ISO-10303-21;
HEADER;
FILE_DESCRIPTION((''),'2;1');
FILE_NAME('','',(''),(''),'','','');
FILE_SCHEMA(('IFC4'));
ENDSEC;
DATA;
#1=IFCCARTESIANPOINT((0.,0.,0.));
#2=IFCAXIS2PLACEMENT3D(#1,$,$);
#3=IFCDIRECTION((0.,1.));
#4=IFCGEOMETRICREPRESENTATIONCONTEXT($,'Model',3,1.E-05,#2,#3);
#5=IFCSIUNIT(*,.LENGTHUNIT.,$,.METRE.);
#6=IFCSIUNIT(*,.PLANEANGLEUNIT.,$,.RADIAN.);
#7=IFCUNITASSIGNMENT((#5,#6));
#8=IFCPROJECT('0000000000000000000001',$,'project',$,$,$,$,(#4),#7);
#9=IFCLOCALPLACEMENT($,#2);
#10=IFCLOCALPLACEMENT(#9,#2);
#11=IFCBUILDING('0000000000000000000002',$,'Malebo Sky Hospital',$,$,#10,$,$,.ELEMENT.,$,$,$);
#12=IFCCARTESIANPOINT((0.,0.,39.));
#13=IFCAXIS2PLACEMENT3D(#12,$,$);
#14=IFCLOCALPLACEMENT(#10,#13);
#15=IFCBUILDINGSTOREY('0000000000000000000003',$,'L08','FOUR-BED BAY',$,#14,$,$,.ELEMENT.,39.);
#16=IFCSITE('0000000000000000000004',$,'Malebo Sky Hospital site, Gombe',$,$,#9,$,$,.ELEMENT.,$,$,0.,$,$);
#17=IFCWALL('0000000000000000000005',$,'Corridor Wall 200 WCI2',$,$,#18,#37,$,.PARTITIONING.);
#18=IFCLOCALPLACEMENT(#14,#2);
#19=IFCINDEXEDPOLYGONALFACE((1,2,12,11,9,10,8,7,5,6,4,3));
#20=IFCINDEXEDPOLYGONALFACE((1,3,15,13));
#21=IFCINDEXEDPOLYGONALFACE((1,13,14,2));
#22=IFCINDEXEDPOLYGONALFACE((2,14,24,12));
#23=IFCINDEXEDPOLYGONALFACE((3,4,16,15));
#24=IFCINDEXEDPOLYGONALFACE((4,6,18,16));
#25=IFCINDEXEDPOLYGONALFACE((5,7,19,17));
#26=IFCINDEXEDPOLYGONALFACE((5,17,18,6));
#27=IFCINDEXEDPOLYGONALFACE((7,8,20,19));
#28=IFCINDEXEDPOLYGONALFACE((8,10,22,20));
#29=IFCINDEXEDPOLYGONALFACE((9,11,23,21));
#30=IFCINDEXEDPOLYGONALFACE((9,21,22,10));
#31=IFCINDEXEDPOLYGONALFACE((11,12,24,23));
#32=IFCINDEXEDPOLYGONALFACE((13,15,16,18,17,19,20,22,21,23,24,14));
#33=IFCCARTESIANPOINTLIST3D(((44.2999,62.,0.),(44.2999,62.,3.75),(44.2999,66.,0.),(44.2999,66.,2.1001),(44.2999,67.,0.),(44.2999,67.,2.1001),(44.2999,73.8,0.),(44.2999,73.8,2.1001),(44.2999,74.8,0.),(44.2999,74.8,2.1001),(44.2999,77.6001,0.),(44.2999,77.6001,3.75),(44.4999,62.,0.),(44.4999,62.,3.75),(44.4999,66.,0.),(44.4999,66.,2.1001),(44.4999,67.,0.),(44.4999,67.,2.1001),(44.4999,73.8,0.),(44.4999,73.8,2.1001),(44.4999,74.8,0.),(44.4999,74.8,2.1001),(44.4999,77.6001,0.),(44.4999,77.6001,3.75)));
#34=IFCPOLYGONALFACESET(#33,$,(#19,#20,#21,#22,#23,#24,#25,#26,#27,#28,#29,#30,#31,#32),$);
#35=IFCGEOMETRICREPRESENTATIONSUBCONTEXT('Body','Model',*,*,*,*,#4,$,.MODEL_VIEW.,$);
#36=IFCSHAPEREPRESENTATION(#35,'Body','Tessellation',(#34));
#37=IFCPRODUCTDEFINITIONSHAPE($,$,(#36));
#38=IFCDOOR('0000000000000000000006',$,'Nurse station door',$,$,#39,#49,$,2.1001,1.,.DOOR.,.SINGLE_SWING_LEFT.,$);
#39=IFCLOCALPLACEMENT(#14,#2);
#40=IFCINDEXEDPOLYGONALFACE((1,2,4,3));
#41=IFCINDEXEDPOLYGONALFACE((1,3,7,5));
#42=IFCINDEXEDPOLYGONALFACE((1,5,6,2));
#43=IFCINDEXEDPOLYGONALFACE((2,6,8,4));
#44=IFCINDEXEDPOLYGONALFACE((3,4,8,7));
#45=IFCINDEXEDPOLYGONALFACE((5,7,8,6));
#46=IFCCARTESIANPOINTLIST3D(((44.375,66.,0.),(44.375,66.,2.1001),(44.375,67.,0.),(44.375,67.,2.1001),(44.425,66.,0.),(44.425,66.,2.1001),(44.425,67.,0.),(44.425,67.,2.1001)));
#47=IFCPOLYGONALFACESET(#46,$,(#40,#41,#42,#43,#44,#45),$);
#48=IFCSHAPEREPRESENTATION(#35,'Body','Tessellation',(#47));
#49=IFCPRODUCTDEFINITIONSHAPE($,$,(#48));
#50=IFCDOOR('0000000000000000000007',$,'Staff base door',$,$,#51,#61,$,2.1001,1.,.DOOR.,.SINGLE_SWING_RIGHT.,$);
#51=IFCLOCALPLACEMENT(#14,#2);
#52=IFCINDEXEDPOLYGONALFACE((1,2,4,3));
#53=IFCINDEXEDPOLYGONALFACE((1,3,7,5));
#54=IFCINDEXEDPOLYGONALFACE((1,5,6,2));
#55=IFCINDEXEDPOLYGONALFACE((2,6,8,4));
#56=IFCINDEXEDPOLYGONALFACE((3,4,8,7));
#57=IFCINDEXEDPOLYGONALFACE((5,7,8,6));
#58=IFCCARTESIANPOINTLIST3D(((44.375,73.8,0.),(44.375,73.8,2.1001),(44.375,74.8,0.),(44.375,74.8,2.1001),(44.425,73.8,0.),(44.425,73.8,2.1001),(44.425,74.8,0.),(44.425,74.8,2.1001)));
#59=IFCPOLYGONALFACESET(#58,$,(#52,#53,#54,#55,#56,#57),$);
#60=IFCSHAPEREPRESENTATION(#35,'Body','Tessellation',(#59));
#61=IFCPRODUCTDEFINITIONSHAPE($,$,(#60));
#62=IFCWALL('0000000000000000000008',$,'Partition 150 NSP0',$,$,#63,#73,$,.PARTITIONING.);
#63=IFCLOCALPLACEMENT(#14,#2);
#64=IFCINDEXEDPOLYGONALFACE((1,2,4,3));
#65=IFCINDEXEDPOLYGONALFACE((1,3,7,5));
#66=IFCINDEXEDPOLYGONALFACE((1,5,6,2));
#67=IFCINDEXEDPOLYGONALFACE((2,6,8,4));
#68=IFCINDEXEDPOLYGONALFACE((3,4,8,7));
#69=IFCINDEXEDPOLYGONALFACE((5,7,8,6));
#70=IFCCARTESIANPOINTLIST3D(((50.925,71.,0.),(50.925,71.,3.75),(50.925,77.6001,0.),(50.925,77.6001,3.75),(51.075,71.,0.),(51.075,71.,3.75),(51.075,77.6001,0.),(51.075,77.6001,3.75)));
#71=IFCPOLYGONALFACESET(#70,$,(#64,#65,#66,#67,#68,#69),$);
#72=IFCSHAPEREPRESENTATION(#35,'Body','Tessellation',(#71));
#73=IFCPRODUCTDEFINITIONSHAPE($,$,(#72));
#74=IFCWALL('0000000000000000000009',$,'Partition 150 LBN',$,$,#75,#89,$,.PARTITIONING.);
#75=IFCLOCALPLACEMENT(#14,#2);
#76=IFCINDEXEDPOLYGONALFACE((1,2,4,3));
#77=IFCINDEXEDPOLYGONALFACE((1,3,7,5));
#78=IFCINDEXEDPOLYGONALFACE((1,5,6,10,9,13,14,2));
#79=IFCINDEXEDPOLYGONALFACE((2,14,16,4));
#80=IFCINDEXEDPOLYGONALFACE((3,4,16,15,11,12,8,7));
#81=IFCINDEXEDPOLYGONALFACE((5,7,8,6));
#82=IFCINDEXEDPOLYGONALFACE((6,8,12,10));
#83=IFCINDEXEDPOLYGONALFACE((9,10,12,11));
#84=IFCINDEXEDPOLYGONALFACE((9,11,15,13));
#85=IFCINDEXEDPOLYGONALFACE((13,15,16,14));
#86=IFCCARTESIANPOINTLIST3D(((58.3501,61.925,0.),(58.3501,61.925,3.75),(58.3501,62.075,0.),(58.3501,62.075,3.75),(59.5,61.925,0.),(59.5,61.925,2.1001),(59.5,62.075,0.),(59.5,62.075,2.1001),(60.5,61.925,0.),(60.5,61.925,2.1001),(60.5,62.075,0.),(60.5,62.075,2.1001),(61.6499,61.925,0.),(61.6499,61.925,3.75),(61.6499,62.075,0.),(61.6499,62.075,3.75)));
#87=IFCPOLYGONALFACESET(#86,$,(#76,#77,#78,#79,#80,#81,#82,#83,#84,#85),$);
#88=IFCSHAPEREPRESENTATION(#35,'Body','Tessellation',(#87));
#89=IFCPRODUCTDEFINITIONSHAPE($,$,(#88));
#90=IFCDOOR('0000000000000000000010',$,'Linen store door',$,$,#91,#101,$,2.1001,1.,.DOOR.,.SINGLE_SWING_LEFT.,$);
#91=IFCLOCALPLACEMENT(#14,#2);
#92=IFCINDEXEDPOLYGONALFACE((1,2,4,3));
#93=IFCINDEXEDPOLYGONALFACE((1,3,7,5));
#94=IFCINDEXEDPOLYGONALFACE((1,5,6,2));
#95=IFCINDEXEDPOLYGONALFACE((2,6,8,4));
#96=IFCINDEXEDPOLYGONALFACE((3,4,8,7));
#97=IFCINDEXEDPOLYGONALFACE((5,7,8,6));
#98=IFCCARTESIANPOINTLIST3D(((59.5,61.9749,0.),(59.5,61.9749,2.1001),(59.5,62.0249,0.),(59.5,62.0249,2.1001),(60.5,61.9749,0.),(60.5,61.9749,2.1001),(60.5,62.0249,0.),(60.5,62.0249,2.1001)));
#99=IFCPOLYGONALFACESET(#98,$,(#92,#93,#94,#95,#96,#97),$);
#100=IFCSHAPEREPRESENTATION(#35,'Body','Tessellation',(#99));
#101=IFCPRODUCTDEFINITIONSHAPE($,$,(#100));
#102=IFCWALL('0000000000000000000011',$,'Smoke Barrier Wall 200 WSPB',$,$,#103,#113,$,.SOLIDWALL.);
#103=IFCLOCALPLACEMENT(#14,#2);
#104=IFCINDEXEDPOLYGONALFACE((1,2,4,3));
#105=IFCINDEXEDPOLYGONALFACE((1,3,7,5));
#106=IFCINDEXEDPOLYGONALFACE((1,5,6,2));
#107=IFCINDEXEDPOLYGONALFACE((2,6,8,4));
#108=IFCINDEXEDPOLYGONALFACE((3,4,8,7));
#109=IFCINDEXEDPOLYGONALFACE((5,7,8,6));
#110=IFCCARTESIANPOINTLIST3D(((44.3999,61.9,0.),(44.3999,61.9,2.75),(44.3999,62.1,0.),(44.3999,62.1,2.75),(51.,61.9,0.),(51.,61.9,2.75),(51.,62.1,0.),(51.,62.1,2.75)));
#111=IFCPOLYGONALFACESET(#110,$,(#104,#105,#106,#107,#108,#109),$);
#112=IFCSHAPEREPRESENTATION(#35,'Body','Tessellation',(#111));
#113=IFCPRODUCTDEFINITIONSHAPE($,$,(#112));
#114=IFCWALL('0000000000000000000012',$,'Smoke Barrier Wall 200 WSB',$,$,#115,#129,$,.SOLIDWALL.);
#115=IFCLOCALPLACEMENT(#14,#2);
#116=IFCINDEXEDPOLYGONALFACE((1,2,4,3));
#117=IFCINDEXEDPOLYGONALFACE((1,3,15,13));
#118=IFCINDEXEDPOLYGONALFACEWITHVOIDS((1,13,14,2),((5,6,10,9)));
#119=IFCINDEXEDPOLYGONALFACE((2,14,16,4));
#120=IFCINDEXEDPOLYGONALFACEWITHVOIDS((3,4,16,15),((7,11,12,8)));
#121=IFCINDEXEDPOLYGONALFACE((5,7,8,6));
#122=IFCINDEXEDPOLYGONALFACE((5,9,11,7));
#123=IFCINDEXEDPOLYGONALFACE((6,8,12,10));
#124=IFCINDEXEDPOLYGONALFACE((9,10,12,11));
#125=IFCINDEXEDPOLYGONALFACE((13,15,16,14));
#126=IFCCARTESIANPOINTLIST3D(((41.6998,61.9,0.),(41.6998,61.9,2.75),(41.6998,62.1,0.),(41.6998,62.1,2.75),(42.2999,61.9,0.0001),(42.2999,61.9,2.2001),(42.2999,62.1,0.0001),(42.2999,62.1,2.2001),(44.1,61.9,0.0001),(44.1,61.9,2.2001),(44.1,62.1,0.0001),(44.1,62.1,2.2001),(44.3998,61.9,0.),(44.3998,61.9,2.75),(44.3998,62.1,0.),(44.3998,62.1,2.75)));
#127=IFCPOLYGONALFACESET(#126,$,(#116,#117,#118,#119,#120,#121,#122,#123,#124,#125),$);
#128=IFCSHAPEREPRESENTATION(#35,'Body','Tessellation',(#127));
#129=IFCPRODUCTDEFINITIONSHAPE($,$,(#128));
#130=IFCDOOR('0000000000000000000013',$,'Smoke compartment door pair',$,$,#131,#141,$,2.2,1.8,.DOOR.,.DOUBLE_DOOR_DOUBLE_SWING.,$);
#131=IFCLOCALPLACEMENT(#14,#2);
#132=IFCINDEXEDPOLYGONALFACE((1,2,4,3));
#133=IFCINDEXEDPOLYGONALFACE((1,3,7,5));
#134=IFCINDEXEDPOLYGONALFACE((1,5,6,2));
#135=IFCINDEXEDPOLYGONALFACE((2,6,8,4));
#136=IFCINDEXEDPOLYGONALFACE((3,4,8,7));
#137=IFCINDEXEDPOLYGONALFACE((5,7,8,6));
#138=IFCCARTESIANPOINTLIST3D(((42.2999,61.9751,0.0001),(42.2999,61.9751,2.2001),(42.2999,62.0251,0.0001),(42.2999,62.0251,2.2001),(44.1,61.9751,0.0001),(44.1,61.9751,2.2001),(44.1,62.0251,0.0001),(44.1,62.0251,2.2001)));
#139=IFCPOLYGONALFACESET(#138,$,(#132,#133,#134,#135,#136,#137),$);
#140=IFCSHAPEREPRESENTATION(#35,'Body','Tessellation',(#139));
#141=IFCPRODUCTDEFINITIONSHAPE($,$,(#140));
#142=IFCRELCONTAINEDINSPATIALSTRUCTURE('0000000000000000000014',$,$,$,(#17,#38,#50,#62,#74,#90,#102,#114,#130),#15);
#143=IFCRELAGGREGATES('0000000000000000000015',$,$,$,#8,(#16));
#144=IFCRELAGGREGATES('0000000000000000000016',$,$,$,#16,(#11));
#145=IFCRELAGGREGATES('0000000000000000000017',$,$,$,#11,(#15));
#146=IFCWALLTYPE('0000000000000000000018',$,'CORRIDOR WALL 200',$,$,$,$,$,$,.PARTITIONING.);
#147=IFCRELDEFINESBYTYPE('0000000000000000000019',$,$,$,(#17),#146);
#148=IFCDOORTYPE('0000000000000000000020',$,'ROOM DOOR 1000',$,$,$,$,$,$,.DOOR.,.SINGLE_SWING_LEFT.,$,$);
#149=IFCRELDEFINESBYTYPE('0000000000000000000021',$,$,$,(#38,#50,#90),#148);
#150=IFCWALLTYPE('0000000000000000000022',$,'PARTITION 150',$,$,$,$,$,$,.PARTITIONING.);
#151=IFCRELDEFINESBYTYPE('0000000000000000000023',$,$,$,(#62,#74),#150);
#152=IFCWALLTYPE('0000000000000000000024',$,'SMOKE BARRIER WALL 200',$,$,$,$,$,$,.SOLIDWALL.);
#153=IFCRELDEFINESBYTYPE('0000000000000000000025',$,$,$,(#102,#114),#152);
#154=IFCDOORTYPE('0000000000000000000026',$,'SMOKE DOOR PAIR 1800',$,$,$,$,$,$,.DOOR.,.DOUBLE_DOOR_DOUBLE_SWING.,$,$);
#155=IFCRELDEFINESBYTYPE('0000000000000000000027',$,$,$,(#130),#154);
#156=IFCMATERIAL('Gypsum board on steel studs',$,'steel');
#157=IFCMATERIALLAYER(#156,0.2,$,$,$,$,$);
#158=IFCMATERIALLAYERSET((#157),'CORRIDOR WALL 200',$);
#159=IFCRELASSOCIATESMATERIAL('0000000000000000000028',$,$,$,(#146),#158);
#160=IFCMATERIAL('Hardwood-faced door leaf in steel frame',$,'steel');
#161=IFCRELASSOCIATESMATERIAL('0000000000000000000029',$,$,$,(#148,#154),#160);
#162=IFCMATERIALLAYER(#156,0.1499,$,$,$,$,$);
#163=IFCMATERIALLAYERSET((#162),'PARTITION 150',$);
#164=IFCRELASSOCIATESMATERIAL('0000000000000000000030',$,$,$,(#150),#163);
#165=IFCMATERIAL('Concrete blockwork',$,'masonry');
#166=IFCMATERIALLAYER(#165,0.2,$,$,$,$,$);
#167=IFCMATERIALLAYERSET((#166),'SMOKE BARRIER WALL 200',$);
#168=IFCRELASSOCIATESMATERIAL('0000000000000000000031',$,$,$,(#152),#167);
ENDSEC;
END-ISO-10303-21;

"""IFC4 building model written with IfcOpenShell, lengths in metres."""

from ifc_helpers import new_model, si_unit, direction, frame, frame_2d, origin, place, context, subcontext, project, spatial, rectangle, extrude, material, layer, layer_set, type_object, element, fill, save


model = new_model("IFC4")

# Units and contexts
model_context = context("Model", 3, precision=1e-05, world=origin(), true_north=direction((0.0, 1.0)))
body_context = subcontext(model_context, "Body", "Model", "MODEL_VIEW")
ifc_project = project(units=[si_unit("LENGTHUNIT", "METRE"), si_unit("PLANEANGLEUNIT", "RADIAN")], contexts=[model_context])

# Site, building, storey
site_placement = place(None, origin())
site = spatial("IfcSite", under=ifc_project, at=site_placement, Name="Malebo Sky Hospital site, Gombe", CompositionType="ELEMENT", RefElevation=0.0)
building_placement = place(site_placement, origin())
building = spatial("IfcBuilding", under=site, at=building_placement, Name="Malebo Sky Hospital", CompositionType="ELEMENT")
storey_placement = place(building_placement, frame((0.0, 0.0, 39.0)))
storey = spatial("IfcBuildingStorey", under=building, at=storey_placement, Name="L08", Description="FOUR-BED BAY", CompositionType="ELEMENT", Elevation=39.0)

# Shared definitions
ifc_material_1 = material(Name="Hardwood-faced door leaf in steel frame", Category="steel")

# Wall, openings, doors
ifc_material_2 = material(Name="Gypsum board on steel studs", Category="steel")
ifc_layer_1 = layer(ifc_material_2, 0.2)
ifc_layer_set_1 = layer_set([ifc_layer_1], Name="CORRIDOR WALL 200")
wall_type_1 = type_object("IfcWallType", Name="CORRIDOR WALL 200", PredefinedType="PARTITIONING", material=ifc_layer_set_1)
wall_1_placement = place(storey_placement, frame((44.3999, 62.0, 0.0), z_axis=(0.0, 0.0, 1.0), x_axis=(0.0, 1.0, 0.0)))
wall_1 = element("IfcWall", 1, at=wall_1_placement, inside=storey, type_object=wall_type_1, Name="Corridor Wall 200 WCI2", PredefinedType="PARTITIONING", context=body_context, shape_type="SweptSolid", body=[
    extrude(rectangle(XDim=15.6001, YDim=0.2, at=frame_2d((7.8, 0.0))), origin(), (0.0, 0.0, 1.0), 3.75),
])
opening_1_placement = place(wall_1_placement, frame((4.0, 0.0, 0.0)))
opening_1 = element("IfcOpeningElement", 2, at=opening_1_placement, cuts=wall_1, PredefinedType="OPENING", context=body_context, shape_type="SweptSolid", body=[
    extrude(rectangle(XDim=1.0, YDim=2.1001, at=frame_2d((0.5, 1.05))), frame((0.0, 0.1099, 0.0), z_axis=(0.0, -1.0, 0.0), x_axis=(1.0, 0.0, 0.0)), (0.0, 0.0, 1.0), 0.22),
])
opening_2_placement = place(wall_1_placement, frame((11.8, 0.0, 0.0)))
opening_2 = element("IfcOpeningElement", 3, at=opening_2_placement, cuts=wall_1, PredefinedType="OPENING", context=body_context, shape_type="SweptSolid", body=[
    extrude(rectangle(XDim=1.0, YDim=2.1001, at=frame_2d((0.5, 1.05))), frame((0.0, 0.1099, 0.0), z_axis=(0.0, -1.0, 0.0), x_axis=(1.0, 0.0, 0.0)), (0.0, 0.0, 1.0), 0.22),
])
door_type_1 = type_object("IfcDoorType", Name="ROOM DOOR 1000", OperationType="SINGLE_SWING_LEFT", PredefinedType="DOOR", material=ifc_material_1)
door_1_placement = place(opening_1_placement, origin())
door_1 = element("IfcDoor", 4, at=door_1_placement, inside=storey, type_object=door_type_1, Name="Nurse station door", OperationType="SINGLE_SWING_LEFT", OverallHeight=2.1001, OverallWidth=1.0, PredefinedType="DOOR", context=body_context, shape_type="SweptSolid", body=[
    extrude(rectangle(XDim=1.0, YDim=2.1001, at=frame_2d((0.5, 1.05))), frame((0.0, 0.0249, 0.0), z_axis=(0.0, -1.0, 0.0), x_axis=(1.0, 0.0, 0.0)), (0.0, 0.0, 1.0), 0.05),
])
fill(opening_1, door_1)
door_2_placement = place(opening_2_placement, origin())
door_2 = element("IfcDoor", 5, at=door_2_placement, inside=storey, type_object=door_type_1, Name="Staff base door", OperationType="SINGLE_SWING_RIGHT", OverallHeight=2.1001, OverallWidth=1.0, PredefinedType="DOOR", context=body_context, shape_type="SweptSolid", body=[
    extrude(rectangle(XDim=1.0, YDim=2.1001, at=frame_2d((0.5, 1.05))), frame((0.0, 0.0249, 0.0), z_axis=(0.0, -1.0, 0.0), x_axis=(1.0, 0.0, 0.0)), (0.0, 0.0, 1.0), 0.05),
])
fill(opening_2, door_2)

# Wall
ifc_layer_2 = layer(ifc_material_2, 0.1499)
ifc_layer_set_2 = layer_set([ifc_layer_2], Name="PARTITION 150")
wall_type_2 = type_object("IfcWallType", Name="PARTITION 150", PredefinedType="PARTITIONING", material=ifc_layer_set_2)
wall_2_placement = place(storey_placement, frame((51.0, 71.0, 0.0), z_axis=(0.0, 0.0, 1.0), x_axis=(0.0, 1.0, 0.0)))
element("IfcWall", 6, at=wall_2_placement, inside=storey, type_object=wall_type_2, Name="Partition 150 NSP0", PredefinedType="PARTITIONING", context=body_context, shape_type="SweptSolid", body=[
    extrude(rectangle(XDim=6.6001, YDim=0.1499, at=frame_2d((3.3, 0.0))), origin(), (0.0, 0.0, 1.0), 3.75),
])

# Wall, opening, door
wall_3_placement = place(storey_placement, frame((58.3501, 62.0, 0.0), z_axis=(0.0, 0.0, 1.0), x_axis=(1.0, 0.0, 0.0)))
wall_3 = element("IfcWall", 7, at=wall_3_placement, inside=storey, type_object=wall_type_2, Name="Partition 150 LBN", PredefinedType="PARTITIONING", context=body_context, shape_type="SweptSolid", body=[
    extrude(rectangle(XDim=3.2998, YDim=0.1499, at=frame_2d((1.6499, 0.0))), origin(), (0.0, 0.0, 1.0), 3.75),
])
opening_3_placement = place(wall_3_placement, frame((1.1499, 0.0, 0.0)))
opening_3 = element("IfcOpeningElement", 8, at=opening_3_placement, cuts=wall_3, PredefinedType="OPENING", context=body_context, shape_type="SweptSolid", body=[
    extrude(rectangle(XDim=1.0, YDim=2.1001, at=frame_2d((0.5, 1.05))), frame((0.0, 0.085, 0.0), z_axis=(0.0, -1.0, 0.0), x_axis=(1.0, 0.0, 0.0)), (0.0, 0.0, 1.0), 0.1699),
])
door_3_placement = place(opening_3_placement, origin())
door_3 = element("IfcDoor", 9, at=door_3_placement, inside=storey, type_object=door_type_1, Name="Linen store door", OperationType="SINGLE_SWING_LEFT", OverallHeight=2.1001, OverallWidth=1.0, PredefinedType="DOOR", context=body_context, shape_type="SweptSolid", body=[
    extrude(rectangle(XDim=1.0, YDim=2.1001, at=frame_2d((0.5, 1.05))), frame((0.0, 0.0249, 0.0), z_axis=(0.0, -1.0, 0.0), x_axis=(1.0, 0.0, 0.0)), (0.0, 0.0, 1.0), 0.05),
])
fill(opening_3, door_3)

# Wall
ifc_material_3 = material(Name="Concrete blockwork", Category="masonry")
ifc_layer_3 = layer(ifc_material_3, 0.2)
ifc_layer_set_3 = layer_set([ifc_layer_3], Name="SMOKE BARRIER WALL 200")
wall_type_3 = type_object("IfcWallType", Name="SMOKE BARRIER WALL 200", PredefinedType="SOLIDWALL", material=ifc_layer_set_3)
wall_4_placement = place(storey_placement, frame((51.0, 62.0, 0.0), z_axis=(0.0, 0.0, 1.0), x_axis=(-1.0, 0.0, 0.0)))
element("IfcWall", 10, at=wall_4_placement, inside=storey, type_object=wall_type_3, Name="Smoke Barrier Wall 200 WSPB", PredefinedType="SOLIDWALL", context=body_context, shape_type="SweptSolid", body=[
    extrude(rectangle(XDim=6.6001, YDim=0.2, at=frame_2d((3.3, 0.0))), origin(), (0.0, 0.0, 1.0), 2.75),
])

# Wall, opening, door
wall_5_placement = place(storey_placement, frame((44.3999, 62.0, 0.0), z_axis=(0.0, 0.0, 1.0), x_axis=(-1.0, 0.0, 0.0)))
wall_5 = element("IfcWall", 11, at=wall_5_placement, inside=storey, type_object=wall_type_3, Name="Smoke Barrier Wall 200 WSB", PredefinedType="SOLIDWALL", context=body_context, shape_type="SweptSolid", body=[
    extrude(rectangle(XDim=2.7, YDim=0.2, at=frame_2d((1.3501, 0.0))), origin(), (0.0, 0.0, 1.0), 2.75),
])
opening_4_placement = place(wall_5_placement, frame((0.3, 0.0, 0.0)))
opening_4 = element("IfcOpeningElement", 12, at=opening_4_placement, cuts=wall_5, PredefinedType="OPENING", context=body_context, shape_type="SweptSolid", body=[
    extrude(rectangle(XDim=1.8, YDim=2.2, at=frame_2d((0.8999, 1.1001))), frame((0.0, 0.1099, 0.0), z_axis=(0.0, -1.0, 0.0), x_axis=(1.0, 0.0, 0.0)), (0.0, 0.0, 1.0), 0.22),
])
door_type_2 = type_object("IfcDoorType", Name="SMOKE DOOR PAIR 1800", OperationType="DOUBLE_DOOR_DOUBLE_SWING", PredefinedType="DOOR", material=ifc_material_1)
door_4_placement = place(opening_4_placement, origin())
door_4 = element("IfcDoor", 13, at=door_4_placement, inside=storey, type_object=door_type_2, Name="Smoke compartment door pair", OperationType="DOUBLE_DOOR_DOUBLE_SWING", OverallHeight=2.2, OverallWidth=1.8, PredefinedType="DOOR", context=body_context, shape_type="SweptSolid", body=[
    extrude(rectangle(XDim=1.8, YDim=2.2, at=frame_2d((0.8999, 1.1001))), frame((0.0, 0.0249, 0.0), z_axis=(0.0, -1.0, 0.0), x_axis=(1.0, 0.0, 0.0)), (0.0, 0.0, 1.0), 0.05),
])
fill(opening_4, door_4)

save(model, "model.ifc")
